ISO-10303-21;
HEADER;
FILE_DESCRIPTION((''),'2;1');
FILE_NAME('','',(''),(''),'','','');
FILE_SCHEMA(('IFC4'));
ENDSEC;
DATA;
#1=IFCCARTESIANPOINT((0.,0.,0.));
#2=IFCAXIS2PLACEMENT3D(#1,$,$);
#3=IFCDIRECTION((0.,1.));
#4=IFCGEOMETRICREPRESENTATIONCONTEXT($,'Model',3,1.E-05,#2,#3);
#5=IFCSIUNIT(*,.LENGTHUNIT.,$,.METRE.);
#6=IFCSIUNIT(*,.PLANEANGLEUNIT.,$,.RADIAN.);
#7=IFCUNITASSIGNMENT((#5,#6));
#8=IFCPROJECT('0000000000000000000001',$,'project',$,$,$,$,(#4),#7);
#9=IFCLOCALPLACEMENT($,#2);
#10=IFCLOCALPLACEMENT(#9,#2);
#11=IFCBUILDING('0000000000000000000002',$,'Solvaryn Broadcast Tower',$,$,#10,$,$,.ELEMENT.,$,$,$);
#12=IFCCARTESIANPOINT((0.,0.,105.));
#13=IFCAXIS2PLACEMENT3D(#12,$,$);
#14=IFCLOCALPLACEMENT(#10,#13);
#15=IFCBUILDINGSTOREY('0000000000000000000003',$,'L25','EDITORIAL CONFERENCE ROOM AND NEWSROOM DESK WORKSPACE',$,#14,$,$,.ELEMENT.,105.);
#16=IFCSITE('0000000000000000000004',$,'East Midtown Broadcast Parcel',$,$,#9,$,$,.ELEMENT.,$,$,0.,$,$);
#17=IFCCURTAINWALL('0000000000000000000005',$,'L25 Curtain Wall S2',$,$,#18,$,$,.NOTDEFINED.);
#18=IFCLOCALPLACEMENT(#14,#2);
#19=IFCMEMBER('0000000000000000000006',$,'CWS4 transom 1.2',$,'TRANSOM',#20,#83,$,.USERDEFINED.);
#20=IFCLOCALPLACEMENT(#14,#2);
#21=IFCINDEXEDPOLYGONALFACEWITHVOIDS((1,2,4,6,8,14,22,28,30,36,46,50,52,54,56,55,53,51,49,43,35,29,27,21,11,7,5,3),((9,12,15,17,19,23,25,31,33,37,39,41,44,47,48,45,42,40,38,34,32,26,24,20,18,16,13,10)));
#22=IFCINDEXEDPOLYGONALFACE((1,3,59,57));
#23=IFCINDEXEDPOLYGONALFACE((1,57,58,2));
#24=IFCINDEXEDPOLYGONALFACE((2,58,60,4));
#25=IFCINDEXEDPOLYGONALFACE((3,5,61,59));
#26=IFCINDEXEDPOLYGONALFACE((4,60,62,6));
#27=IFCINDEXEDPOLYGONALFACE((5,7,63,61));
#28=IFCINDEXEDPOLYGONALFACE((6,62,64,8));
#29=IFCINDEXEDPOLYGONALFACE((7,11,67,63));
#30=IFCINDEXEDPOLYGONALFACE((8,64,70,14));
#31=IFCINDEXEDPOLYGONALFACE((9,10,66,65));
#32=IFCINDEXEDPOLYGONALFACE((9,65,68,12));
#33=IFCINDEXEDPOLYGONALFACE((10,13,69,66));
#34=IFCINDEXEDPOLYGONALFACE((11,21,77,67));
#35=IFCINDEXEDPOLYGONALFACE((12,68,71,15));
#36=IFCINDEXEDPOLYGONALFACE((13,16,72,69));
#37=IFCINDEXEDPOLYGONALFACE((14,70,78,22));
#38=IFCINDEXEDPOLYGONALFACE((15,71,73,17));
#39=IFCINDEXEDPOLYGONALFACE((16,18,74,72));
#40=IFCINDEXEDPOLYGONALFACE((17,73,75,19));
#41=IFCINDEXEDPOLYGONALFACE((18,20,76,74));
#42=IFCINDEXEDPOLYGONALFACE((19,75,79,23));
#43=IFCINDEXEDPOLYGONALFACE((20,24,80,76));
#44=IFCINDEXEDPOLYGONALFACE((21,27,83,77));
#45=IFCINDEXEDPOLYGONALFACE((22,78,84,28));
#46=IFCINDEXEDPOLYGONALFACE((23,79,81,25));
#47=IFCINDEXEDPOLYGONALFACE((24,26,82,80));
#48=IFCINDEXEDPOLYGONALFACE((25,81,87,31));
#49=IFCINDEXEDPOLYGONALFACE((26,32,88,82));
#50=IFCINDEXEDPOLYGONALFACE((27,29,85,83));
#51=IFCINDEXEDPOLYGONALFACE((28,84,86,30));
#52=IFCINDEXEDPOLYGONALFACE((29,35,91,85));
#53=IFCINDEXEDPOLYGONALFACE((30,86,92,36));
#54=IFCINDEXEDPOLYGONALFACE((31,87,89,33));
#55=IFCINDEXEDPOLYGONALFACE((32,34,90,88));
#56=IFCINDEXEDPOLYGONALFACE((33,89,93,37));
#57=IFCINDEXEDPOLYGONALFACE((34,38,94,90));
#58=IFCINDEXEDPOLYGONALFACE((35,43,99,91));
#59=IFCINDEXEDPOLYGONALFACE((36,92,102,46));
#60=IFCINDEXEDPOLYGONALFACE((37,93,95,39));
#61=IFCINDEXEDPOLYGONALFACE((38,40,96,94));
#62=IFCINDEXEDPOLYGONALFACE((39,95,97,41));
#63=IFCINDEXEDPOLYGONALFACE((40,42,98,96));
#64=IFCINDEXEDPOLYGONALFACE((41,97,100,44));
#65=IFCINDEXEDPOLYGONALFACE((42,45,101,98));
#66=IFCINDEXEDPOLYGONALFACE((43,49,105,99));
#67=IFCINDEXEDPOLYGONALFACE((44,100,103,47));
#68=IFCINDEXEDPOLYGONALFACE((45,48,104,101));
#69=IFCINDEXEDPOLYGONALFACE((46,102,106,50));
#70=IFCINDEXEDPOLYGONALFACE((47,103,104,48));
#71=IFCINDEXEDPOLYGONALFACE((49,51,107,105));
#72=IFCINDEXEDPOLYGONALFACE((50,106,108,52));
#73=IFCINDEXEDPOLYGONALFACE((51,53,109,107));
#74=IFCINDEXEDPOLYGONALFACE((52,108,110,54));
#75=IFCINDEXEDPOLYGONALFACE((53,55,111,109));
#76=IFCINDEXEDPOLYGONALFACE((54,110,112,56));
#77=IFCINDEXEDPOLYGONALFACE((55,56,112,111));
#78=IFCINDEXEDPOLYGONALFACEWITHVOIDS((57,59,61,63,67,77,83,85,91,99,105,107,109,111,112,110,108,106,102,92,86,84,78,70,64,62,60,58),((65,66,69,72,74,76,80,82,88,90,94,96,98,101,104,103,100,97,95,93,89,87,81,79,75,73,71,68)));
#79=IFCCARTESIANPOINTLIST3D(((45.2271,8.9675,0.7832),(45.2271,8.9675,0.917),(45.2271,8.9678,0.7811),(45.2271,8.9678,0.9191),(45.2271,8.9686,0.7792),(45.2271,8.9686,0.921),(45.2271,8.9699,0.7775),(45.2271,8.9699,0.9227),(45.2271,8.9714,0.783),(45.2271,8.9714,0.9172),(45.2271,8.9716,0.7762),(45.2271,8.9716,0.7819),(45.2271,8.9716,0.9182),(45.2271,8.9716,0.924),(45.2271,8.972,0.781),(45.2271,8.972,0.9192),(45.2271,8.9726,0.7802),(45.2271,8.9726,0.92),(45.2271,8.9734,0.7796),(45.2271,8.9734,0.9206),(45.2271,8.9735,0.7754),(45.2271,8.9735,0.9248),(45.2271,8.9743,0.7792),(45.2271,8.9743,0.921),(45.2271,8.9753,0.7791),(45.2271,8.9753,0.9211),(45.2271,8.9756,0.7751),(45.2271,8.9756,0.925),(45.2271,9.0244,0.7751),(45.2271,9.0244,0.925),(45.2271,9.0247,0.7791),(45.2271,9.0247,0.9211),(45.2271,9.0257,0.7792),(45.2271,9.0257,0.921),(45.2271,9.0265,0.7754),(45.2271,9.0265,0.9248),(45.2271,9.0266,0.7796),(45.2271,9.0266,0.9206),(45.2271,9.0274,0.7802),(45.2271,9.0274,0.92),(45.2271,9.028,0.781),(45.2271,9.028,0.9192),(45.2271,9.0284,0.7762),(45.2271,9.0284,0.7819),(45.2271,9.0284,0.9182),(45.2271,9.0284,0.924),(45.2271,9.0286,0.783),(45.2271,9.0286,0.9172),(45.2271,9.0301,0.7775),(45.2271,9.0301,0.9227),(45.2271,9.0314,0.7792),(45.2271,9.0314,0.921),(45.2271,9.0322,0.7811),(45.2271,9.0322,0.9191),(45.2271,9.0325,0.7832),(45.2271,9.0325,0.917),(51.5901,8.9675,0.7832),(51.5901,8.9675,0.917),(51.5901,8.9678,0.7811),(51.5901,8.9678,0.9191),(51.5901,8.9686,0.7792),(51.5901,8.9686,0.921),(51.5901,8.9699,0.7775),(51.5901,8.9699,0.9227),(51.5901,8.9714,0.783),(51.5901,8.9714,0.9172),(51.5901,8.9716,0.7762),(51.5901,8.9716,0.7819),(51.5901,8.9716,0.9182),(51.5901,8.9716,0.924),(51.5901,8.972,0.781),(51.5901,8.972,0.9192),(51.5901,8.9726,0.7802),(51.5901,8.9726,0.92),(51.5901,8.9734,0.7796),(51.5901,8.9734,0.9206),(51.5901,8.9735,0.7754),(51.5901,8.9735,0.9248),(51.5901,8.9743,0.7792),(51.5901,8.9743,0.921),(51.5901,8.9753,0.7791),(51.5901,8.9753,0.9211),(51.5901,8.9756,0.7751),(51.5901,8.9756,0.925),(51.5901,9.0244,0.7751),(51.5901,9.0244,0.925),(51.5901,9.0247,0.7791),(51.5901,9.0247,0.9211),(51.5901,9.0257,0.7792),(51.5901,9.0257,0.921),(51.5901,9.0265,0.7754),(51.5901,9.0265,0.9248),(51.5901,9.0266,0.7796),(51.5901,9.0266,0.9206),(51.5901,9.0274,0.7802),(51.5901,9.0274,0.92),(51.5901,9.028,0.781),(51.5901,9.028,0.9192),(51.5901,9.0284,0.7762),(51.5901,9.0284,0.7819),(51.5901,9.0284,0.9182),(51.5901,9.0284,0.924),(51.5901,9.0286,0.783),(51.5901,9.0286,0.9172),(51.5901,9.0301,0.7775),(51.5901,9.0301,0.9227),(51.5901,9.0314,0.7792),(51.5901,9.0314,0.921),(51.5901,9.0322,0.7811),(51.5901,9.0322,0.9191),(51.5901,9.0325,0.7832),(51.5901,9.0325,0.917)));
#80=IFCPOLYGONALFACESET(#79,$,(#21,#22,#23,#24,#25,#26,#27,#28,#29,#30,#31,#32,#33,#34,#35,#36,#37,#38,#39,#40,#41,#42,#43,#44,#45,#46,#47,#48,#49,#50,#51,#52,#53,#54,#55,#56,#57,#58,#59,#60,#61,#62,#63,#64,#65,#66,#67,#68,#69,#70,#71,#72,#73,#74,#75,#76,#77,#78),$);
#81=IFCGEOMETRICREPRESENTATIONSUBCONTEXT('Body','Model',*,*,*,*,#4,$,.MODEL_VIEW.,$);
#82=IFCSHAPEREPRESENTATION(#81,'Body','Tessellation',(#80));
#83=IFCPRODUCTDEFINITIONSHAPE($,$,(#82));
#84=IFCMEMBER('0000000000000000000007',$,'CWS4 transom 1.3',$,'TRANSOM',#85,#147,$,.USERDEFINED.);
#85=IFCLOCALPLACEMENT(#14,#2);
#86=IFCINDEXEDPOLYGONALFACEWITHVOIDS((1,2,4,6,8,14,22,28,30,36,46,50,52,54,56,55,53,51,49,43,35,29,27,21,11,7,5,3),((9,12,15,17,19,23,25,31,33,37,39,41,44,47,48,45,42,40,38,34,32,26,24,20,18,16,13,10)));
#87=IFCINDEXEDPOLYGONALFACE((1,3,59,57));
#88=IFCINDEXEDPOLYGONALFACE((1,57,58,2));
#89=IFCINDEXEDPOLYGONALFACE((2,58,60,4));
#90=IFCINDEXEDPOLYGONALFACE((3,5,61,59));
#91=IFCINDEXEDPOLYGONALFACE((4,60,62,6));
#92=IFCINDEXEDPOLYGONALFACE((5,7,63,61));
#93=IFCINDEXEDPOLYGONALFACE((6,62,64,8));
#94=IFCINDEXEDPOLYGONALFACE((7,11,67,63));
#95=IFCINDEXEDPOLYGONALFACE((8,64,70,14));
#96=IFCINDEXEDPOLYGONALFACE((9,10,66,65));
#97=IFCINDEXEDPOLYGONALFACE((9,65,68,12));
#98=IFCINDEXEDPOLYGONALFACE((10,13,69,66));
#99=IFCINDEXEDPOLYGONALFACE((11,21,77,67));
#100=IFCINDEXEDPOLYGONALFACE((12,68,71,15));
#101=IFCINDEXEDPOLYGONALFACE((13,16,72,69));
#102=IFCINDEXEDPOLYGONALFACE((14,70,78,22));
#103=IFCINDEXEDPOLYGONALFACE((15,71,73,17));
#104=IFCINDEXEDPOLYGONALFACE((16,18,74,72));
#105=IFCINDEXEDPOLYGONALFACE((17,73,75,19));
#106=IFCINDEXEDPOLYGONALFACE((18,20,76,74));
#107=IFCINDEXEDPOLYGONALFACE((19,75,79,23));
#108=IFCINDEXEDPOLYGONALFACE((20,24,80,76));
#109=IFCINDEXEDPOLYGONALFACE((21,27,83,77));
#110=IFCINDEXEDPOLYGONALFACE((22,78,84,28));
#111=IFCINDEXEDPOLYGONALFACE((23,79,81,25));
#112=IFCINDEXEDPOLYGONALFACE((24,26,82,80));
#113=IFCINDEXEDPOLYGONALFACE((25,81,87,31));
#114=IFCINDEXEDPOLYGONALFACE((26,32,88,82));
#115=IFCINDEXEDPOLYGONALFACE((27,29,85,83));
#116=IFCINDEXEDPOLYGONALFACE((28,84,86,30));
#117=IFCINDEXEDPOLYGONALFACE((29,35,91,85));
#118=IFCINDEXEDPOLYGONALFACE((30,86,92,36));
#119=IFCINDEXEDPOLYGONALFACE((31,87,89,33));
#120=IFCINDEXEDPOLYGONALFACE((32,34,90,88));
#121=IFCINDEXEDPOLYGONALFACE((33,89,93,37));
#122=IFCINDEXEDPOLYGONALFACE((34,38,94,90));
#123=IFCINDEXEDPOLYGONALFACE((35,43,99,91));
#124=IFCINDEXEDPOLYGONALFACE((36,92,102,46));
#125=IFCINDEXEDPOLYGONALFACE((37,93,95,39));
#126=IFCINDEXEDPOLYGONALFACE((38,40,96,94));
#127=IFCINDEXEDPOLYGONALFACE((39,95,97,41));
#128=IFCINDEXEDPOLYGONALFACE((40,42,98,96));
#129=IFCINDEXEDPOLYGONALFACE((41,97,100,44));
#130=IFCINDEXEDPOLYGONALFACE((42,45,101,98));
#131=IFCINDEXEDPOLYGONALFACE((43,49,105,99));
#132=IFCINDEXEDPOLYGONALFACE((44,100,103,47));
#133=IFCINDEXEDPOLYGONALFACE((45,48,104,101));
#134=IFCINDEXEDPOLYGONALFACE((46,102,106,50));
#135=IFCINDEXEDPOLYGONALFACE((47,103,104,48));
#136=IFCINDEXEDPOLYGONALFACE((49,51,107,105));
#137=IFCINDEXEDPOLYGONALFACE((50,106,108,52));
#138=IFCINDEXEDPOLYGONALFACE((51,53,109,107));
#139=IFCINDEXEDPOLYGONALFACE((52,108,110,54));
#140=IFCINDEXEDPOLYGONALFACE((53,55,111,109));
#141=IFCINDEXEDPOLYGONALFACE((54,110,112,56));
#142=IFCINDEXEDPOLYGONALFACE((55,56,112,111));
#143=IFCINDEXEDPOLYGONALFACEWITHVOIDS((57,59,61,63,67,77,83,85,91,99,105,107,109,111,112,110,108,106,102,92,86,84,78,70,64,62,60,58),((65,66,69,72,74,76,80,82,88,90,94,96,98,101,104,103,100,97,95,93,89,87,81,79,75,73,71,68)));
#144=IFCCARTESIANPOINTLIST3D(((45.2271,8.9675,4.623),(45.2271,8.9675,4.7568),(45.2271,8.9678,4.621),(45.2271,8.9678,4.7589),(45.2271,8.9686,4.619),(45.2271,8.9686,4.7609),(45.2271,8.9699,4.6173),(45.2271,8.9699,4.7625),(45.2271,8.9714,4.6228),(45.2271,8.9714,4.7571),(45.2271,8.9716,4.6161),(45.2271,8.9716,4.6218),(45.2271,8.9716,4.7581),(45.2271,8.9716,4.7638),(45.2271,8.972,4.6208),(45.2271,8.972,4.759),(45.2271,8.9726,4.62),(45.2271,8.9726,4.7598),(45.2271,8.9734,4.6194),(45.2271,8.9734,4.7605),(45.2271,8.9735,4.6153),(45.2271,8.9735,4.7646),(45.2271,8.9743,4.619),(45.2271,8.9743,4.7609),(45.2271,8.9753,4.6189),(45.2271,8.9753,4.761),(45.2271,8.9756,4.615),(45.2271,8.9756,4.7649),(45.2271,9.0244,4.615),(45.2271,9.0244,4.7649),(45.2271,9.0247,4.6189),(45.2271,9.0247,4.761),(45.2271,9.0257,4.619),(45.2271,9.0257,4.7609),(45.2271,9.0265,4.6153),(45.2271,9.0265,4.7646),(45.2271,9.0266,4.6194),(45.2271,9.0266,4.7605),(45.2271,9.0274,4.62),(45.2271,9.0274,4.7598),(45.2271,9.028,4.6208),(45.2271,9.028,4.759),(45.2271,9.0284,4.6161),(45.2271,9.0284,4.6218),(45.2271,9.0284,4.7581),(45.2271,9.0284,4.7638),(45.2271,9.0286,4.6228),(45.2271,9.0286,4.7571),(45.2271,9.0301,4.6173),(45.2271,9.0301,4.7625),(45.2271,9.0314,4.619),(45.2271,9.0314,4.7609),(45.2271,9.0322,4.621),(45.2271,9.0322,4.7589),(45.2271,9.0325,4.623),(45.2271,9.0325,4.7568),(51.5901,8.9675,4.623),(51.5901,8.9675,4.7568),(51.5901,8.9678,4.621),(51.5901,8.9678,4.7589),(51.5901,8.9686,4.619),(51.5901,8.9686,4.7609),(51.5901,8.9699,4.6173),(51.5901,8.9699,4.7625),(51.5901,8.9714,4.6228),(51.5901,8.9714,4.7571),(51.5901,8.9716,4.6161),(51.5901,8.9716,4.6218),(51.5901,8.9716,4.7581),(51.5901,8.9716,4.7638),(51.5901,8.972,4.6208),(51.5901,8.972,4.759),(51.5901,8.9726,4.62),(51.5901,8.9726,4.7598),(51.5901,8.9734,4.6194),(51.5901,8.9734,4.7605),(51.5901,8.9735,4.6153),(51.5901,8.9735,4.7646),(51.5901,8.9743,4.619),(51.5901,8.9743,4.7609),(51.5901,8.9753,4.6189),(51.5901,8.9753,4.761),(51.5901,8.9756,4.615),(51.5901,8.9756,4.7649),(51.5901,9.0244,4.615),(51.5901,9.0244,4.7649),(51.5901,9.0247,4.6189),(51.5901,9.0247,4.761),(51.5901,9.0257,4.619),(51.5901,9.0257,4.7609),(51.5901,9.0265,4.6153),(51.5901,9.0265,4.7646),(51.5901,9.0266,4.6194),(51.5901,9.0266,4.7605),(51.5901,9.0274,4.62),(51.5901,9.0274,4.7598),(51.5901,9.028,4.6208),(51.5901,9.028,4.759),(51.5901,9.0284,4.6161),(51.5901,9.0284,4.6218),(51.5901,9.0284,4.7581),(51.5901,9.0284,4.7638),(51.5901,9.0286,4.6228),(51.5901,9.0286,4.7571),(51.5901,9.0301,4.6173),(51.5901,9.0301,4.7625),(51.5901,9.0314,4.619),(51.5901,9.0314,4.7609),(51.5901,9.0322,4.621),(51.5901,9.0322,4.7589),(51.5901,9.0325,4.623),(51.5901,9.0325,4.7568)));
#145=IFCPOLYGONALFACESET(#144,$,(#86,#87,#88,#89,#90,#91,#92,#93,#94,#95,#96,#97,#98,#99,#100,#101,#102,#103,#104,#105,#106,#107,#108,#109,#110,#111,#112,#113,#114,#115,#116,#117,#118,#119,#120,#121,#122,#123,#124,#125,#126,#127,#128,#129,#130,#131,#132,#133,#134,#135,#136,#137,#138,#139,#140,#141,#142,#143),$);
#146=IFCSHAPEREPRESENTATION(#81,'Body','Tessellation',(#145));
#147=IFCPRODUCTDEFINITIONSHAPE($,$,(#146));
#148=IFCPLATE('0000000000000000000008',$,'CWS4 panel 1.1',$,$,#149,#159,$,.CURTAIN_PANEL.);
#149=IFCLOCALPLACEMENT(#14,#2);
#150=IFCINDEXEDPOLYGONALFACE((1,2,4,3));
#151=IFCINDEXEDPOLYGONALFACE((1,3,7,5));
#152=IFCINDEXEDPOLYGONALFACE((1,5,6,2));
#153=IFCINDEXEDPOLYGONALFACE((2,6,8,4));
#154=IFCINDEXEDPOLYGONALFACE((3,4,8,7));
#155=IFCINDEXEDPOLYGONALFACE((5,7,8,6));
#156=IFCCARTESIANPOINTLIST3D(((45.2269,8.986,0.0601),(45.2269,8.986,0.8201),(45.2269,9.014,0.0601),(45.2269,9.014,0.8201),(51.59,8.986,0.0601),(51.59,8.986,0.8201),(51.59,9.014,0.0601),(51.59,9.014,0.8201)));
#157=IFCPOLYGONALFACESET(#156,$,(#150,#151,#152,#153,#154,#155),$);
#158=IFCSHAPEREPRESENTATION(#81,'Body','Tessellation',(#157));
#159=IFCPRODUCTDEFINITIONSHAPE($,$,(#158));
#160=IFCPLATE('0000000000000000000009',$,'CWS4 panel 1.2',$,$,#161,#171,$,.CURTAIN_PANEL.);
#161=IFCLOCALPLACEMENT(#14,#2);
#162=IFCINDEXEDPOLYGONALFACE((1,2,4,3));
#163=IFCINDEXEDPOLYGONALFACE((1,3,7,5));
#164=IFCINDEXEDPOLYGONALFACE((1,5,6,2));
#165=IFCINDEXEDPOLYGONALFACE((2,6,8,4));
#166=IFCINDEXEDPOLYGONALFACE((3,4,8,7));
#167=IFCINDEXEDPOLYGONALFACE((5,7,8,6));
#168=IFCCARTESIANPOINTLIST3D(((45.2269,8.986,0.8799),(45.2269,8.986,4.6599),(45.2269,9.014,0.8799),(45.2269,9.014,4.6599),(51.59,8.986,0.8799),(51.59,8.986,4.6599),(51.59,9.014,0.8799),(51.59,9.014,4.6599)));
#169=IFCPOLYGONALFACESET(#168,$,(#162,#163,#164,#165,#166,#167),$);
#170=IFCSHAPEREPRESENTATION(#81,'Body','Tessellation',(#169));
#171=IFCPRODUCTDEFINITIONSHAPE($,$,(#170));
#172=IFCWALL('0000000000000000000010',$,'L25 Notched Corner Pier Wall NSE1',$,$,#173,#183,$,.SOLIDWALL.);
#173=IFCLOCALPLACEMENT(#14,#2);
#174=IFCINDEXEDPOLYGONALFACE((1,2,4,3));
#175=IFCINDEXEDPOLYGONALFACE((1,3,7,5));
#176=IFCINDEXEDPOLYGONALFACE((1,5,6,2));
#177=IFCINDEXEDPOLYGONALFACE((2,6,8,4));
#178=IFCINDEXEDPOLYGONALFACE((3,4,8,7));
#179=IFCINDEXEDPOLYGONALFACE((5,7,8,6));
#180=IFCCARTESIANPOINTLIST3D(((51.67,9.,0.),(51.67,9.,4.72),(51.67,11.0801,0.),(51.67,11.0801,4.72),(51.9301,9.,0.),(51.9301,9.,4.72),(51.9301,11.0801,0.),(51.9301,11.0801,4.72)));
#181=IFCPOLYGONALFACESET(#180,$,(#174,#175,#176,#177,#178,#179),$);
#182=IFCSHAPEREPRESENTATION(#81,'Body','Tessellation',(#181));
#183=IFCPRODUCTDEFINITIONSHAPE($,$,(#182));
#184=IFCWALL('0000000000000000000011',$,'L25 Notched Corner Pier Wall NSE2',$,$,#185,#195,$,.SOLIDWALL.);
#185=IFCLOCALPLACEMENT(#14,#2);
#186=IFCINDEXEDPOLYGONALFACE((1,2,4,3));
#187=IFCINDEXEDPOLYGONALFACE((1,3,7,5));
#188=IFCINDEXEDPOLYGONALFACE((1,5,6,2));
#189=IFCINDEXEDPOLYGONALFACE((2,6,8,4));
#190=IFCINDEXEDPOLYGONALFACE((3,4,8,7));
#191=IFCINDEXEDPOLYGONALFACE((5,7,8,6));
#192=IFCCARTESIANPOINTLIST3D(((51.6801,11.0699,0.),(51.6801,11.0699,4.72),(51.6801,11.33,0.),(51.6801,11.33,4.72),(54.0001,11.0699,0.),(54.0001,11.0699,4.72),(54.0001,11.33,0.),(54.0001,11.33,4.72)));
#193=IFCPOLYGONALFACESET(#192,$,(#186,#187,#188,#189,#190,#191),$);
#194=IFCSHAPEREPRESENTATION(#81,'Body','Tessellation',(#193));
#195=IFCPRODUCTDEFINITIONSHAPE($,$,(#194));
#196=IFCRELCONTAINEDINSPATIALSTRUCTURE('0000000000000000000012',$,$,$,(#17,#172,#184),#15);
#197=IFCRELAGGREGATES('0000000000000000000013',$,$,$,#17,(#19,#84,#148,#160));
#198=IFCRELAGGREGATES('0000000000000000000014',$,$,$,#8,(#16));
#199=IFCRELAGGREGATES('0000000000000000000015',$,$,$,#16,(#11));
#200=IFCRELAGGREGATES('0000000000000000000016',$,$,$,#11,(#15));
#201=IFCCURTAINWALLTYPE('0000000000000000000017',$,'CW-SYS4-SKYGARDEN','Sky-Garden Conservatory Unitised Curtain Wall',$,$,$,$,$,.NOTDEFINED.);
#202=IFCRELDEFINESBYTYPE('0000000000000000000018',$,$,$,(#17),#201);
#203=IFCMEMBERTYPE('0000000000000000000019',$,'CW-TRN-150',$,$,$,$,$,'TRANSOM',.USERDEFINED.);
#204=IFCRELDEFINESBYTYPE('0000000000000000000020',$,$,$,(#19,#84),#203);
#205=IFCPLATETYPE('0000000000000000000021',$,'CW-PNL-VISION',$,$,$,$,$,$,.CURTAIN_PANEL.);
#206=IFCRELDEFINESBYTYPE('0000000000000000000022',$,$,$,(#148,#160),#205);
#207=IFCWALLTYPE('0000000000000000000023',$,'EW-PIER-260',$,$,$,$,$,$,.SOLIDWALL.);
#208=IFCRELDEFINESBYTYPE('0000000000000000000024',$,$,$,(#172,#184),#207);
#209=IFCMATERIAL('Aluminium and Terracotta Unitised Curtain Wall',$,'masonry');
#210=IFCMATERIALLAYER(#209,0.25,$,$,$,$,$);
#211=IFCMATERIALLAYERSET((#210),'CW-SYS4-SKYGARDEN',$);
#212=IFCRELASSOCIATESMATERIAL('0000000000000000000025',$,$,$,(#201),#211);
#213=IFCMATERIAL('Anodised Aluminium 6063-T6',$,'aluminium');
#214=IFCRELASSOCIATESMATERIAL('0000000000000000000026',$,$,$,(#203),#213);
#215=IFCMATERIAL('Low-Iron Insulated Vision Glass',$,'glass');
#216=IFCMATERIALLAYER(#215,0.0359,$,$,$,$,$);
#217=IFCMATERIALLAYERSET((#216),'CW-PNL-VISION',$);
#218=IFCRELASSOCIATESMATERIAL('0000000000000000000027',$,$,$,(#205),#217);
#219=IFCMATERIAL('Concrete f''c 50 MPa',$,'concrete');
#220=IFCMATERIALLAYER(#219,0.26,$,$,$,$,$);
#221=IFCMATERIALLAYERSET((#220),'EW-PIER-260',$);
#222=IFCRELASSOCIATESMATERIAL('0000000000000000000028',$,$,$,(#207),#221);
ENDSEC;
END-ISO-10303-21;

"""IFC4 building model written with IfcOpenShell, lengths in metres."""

from ifc_helpers import new_model, si_unit, direction, frame, frame_2d, origin, origin_2d, place, context, subcontext, project, spatial, rectangle, hollow_rectangle, extrude, material, layer, layer_set, material_profile, profile_set, type_object, element, aggregate, save


model = new_model("IFC4")

# Units and contexts
model_context = context("Model", 3, precision=1e-05, world=origin(), true_north=direction((0.0, 1.0)))
body_context = subcontext(model_context, "Body", "Model", "MODEL_VIEW")
ifc_project = project(units=[si_unit("LENGTHUNIT", "METRE"), si_unit("PLANEANGLEUNIT", "RADIAN")], contexts=[model_context])

# Site, building, storey
site_placement = place(None, origin())
site = spatial("IfcSite", under=ifc_project, at=site_placement, Name="East Midtown Broadcast Parcel", CompositionType="ELEMENT", RefElevation=0.0)
building_placement = place(site_placement, origin())
building = spatial("IfcBuilding", under=site, at=building_placement, Name="Solvaryn Broadcast Tower", CompositionType="ELEMENT")
storey_placement = place(building_placement, frame((0.0, 0.0, 105.0)))
storey = spatial("IfcBuildingStorey", under=building, at=storey_placement, Name="L25", Description="EDITORIAL CONFERENCE ROOM AND NEWSROOM DESK WORKSPACE", CompositionType="ELEMENT", Elevation=105.0)

# Curtain wall, members, plates
ifc_material_1 = material(Name="Aluminium and Terracotta Unitised Curtain Wall", Category="masonry")
ifc_layer_1 = layer(ifc_material_1, 0.25)
ifc_layer_set_1 = layer_set([ifc_layer_1], Name="CW-SYS4-SKYGARDEN")
curtain_wall_type = type_object("IfcCurtainWallType", Name="CW-SYS4-SKYGARDEN", Description="Sky-Garden Conservatory Unitised Curtain Wall", PredefinedType="NOTDEFINED", material=ifc_layer_set_1)
curtain_wall_placement = place(storey_placement, origin())
curtain_wall = element("IfcCurtainWall", 1, at=curtain_wall_placement, inside=storey, type_object=curtain_wall_type, Name="L25 Curtain Wall S2", PredefinedType="NOTDEFINED")
ifc_material_2 = material(Name="Anodised Aluminium 6063-T6", Category="aluminium")
ifc_material_profile_1 = material_profile(ifc_material_2, hollow_rectangle(XDim=0.0649, YDim=0.1499, WallThickness=0.0039, InnerFilletRadius=0.0039, OuterFilletRadius=0.0081, at=origin_2d()))
ifc_profile_set_1 = profile_set([ifc_material_profile_1], Name="Anodised Aluminium 6063-T6")
member_type_1 = type_object("IfcMemberType", Name="CW-TRN-150", ElementType="TRANSOM", PredefinedType="USERDEFINED", material=ifc_profile_set_1)
member_1_placement = place(storey_placement, frame((45.2271, 9.0, 0.8501), z_axis=(1.0, 0.0, 0.0), x_axis=(0.0, 1.0, 0.0)))
member_1 = element("IfcMember", 2, at=member_1_placement, type_object=member_type_1, Name="CWS4 transom 1.2", ObjectType="TRANSOM", PredefinedType="USERDEFINED", context=body_context, shape_type="SweptSolid", body=[
    extrude(hollow_rectangle(XDim=0.0649, YDim=0.1499, WallThickness=0.0039, InnerFilletRadius=0.0039, OuterFilletRadius=0.0081, at=origin_2d()), origin(), (0.0, 0.0, 1.0), 6.363),
])
member_2_placement = place(storey_placement, frame((45.2271, 9.0, 4.6899), z_axis=(1.0, 0.0, 0.0), x_axis=(0.0, 1.0, 0.0)))
member_2 = element("IfcMember", 3, at=member_2_placement, type_object=member_type_1, Name="CWS4 transom 1.3", ObjectType="TRANSOM", PredefinedType="USERDEFINED", context=body_context, shape_type="SweptSolid", body=[
    extrude(hollow_rectangle(XDim=0.0649, YDim=0.1499, WallThickness=0.0039, InnerFilletRadius=0.0039, OuterFilletRadius=0.0081, at=origin_2d()), origin(), (0.0, 0.0, 1.0), 6.363),
])
ifc_material_3 = material(Name="Low-Iron Insulated Vision Glass", Category="glass")
ifc_layer_2 = layer(ifc_material_3, 0.0359)
ifc_layer_set_2 = layer_set([ifc_layer_2], Name="CW-PNL-VISION")
plate_type = type_object("IfcPlateType", Name="CW-PNL-VISION", PredefinedType="CURTAIN_PANEL", material=ifc_layer_set_2)
plate_1_placement = place(storey_placement, frame((48.4084, 9.0, 0.0601), z_axis=(0.0, 0.0, 1.0), x_axis=(1.0, 0.0, 0.0)))
plate_1 = element("IfcPlate", 4, at=plate_1_placement, type_object=plate_type, Name="CWS4 panel 1.1", PredefinedType="CURTAIN_PANEL", context=body_context, shape_type="SweptSolid", body=[
    extrude(rectangle(XDim=6.363, YDim=0.0281, at=origin_2d()), origin(), (0.0, 0.0, 1.0), 0.76),
])
plate_2_placement = place(storey_placement, frame((48.4084, 9.0, 0.8799), z_axis=(0.0, 0.0, 1.0), x_axis=(1.0, 0.0, 0.0)))
plate_2 = element("IfcPlate", 5, at=plate_2_placement, type_object=plate_type, Name="CWS4 panel 1.2", PredefinedType="CURTAIN_PANEL", context=body_context, shape_type="SweptSolid", body=[
    extrude(rectangle(XDim=6.363, YDim=0.0281, at=origin_2d()), origin(), (0.0, 0.0, 1.0), 3.78),
])
aggregate(curtain_wall, [member_1, member_2, plate_1, plate_2])

# Walls
ifc_material_4 = material(Name="Concrete f'c 50 MPa", Category="concrete")
ifc_layer_3 = layer(ifc_material_4, 0.26)
ifc_layer_set_3 = layer_set([ifc_layer_3], Name="EW-PIER-260")
wall_type = type_object("IfcWallType", Name="EW-PIER-260", PredefinedType="SOLIDWALL", material=ifc_layer_set_3)
wall_1_placement = place(storey_placement, frame((51.8, 9.0, 0.0), z_axis=(0.0, 0.0, 1.0), x_axis=(0.0, 1.0, 0.0)))
element("IfcWall", 6, at=wall_1_placement, inside=storey, type_object=wall_type, Name="L25 Notched Corner Pier Wall NSE1", PredefinedType="SOLIDWALL", context=body_context, shape_type="SweptSolid", body=[
    extrude(rectangle(XDim=2.0801, YDim=0.26, at=frame_2d((1.04, 0.0))), origin(), (0.0, 0.0, 1.0), 4.72),
])
wall_2_placement = place(storey_placement, frame((51.6799, 11.2, 0.0), z_axis=(0.0, 0.0, 1.0), x_axis=(1.0, 0.0, 0.0)))
element("IfcWall", 7, at=wall_2_placement, inside=storey, type_object=wall_type, Name="L25 Notched Corner Pier Wall NSE2", PredefinedType="SOLIDWALL", context=body_context, shape_type="SweptSolid", body=[
    extrude(rectangle(XDim=2.3201, YDim=0.26, at=frame_2d((1.1602, 0.0))), origin(), (0.0, 0.0, 1.0), 4.72),
])

save(model, "model.ifc")
